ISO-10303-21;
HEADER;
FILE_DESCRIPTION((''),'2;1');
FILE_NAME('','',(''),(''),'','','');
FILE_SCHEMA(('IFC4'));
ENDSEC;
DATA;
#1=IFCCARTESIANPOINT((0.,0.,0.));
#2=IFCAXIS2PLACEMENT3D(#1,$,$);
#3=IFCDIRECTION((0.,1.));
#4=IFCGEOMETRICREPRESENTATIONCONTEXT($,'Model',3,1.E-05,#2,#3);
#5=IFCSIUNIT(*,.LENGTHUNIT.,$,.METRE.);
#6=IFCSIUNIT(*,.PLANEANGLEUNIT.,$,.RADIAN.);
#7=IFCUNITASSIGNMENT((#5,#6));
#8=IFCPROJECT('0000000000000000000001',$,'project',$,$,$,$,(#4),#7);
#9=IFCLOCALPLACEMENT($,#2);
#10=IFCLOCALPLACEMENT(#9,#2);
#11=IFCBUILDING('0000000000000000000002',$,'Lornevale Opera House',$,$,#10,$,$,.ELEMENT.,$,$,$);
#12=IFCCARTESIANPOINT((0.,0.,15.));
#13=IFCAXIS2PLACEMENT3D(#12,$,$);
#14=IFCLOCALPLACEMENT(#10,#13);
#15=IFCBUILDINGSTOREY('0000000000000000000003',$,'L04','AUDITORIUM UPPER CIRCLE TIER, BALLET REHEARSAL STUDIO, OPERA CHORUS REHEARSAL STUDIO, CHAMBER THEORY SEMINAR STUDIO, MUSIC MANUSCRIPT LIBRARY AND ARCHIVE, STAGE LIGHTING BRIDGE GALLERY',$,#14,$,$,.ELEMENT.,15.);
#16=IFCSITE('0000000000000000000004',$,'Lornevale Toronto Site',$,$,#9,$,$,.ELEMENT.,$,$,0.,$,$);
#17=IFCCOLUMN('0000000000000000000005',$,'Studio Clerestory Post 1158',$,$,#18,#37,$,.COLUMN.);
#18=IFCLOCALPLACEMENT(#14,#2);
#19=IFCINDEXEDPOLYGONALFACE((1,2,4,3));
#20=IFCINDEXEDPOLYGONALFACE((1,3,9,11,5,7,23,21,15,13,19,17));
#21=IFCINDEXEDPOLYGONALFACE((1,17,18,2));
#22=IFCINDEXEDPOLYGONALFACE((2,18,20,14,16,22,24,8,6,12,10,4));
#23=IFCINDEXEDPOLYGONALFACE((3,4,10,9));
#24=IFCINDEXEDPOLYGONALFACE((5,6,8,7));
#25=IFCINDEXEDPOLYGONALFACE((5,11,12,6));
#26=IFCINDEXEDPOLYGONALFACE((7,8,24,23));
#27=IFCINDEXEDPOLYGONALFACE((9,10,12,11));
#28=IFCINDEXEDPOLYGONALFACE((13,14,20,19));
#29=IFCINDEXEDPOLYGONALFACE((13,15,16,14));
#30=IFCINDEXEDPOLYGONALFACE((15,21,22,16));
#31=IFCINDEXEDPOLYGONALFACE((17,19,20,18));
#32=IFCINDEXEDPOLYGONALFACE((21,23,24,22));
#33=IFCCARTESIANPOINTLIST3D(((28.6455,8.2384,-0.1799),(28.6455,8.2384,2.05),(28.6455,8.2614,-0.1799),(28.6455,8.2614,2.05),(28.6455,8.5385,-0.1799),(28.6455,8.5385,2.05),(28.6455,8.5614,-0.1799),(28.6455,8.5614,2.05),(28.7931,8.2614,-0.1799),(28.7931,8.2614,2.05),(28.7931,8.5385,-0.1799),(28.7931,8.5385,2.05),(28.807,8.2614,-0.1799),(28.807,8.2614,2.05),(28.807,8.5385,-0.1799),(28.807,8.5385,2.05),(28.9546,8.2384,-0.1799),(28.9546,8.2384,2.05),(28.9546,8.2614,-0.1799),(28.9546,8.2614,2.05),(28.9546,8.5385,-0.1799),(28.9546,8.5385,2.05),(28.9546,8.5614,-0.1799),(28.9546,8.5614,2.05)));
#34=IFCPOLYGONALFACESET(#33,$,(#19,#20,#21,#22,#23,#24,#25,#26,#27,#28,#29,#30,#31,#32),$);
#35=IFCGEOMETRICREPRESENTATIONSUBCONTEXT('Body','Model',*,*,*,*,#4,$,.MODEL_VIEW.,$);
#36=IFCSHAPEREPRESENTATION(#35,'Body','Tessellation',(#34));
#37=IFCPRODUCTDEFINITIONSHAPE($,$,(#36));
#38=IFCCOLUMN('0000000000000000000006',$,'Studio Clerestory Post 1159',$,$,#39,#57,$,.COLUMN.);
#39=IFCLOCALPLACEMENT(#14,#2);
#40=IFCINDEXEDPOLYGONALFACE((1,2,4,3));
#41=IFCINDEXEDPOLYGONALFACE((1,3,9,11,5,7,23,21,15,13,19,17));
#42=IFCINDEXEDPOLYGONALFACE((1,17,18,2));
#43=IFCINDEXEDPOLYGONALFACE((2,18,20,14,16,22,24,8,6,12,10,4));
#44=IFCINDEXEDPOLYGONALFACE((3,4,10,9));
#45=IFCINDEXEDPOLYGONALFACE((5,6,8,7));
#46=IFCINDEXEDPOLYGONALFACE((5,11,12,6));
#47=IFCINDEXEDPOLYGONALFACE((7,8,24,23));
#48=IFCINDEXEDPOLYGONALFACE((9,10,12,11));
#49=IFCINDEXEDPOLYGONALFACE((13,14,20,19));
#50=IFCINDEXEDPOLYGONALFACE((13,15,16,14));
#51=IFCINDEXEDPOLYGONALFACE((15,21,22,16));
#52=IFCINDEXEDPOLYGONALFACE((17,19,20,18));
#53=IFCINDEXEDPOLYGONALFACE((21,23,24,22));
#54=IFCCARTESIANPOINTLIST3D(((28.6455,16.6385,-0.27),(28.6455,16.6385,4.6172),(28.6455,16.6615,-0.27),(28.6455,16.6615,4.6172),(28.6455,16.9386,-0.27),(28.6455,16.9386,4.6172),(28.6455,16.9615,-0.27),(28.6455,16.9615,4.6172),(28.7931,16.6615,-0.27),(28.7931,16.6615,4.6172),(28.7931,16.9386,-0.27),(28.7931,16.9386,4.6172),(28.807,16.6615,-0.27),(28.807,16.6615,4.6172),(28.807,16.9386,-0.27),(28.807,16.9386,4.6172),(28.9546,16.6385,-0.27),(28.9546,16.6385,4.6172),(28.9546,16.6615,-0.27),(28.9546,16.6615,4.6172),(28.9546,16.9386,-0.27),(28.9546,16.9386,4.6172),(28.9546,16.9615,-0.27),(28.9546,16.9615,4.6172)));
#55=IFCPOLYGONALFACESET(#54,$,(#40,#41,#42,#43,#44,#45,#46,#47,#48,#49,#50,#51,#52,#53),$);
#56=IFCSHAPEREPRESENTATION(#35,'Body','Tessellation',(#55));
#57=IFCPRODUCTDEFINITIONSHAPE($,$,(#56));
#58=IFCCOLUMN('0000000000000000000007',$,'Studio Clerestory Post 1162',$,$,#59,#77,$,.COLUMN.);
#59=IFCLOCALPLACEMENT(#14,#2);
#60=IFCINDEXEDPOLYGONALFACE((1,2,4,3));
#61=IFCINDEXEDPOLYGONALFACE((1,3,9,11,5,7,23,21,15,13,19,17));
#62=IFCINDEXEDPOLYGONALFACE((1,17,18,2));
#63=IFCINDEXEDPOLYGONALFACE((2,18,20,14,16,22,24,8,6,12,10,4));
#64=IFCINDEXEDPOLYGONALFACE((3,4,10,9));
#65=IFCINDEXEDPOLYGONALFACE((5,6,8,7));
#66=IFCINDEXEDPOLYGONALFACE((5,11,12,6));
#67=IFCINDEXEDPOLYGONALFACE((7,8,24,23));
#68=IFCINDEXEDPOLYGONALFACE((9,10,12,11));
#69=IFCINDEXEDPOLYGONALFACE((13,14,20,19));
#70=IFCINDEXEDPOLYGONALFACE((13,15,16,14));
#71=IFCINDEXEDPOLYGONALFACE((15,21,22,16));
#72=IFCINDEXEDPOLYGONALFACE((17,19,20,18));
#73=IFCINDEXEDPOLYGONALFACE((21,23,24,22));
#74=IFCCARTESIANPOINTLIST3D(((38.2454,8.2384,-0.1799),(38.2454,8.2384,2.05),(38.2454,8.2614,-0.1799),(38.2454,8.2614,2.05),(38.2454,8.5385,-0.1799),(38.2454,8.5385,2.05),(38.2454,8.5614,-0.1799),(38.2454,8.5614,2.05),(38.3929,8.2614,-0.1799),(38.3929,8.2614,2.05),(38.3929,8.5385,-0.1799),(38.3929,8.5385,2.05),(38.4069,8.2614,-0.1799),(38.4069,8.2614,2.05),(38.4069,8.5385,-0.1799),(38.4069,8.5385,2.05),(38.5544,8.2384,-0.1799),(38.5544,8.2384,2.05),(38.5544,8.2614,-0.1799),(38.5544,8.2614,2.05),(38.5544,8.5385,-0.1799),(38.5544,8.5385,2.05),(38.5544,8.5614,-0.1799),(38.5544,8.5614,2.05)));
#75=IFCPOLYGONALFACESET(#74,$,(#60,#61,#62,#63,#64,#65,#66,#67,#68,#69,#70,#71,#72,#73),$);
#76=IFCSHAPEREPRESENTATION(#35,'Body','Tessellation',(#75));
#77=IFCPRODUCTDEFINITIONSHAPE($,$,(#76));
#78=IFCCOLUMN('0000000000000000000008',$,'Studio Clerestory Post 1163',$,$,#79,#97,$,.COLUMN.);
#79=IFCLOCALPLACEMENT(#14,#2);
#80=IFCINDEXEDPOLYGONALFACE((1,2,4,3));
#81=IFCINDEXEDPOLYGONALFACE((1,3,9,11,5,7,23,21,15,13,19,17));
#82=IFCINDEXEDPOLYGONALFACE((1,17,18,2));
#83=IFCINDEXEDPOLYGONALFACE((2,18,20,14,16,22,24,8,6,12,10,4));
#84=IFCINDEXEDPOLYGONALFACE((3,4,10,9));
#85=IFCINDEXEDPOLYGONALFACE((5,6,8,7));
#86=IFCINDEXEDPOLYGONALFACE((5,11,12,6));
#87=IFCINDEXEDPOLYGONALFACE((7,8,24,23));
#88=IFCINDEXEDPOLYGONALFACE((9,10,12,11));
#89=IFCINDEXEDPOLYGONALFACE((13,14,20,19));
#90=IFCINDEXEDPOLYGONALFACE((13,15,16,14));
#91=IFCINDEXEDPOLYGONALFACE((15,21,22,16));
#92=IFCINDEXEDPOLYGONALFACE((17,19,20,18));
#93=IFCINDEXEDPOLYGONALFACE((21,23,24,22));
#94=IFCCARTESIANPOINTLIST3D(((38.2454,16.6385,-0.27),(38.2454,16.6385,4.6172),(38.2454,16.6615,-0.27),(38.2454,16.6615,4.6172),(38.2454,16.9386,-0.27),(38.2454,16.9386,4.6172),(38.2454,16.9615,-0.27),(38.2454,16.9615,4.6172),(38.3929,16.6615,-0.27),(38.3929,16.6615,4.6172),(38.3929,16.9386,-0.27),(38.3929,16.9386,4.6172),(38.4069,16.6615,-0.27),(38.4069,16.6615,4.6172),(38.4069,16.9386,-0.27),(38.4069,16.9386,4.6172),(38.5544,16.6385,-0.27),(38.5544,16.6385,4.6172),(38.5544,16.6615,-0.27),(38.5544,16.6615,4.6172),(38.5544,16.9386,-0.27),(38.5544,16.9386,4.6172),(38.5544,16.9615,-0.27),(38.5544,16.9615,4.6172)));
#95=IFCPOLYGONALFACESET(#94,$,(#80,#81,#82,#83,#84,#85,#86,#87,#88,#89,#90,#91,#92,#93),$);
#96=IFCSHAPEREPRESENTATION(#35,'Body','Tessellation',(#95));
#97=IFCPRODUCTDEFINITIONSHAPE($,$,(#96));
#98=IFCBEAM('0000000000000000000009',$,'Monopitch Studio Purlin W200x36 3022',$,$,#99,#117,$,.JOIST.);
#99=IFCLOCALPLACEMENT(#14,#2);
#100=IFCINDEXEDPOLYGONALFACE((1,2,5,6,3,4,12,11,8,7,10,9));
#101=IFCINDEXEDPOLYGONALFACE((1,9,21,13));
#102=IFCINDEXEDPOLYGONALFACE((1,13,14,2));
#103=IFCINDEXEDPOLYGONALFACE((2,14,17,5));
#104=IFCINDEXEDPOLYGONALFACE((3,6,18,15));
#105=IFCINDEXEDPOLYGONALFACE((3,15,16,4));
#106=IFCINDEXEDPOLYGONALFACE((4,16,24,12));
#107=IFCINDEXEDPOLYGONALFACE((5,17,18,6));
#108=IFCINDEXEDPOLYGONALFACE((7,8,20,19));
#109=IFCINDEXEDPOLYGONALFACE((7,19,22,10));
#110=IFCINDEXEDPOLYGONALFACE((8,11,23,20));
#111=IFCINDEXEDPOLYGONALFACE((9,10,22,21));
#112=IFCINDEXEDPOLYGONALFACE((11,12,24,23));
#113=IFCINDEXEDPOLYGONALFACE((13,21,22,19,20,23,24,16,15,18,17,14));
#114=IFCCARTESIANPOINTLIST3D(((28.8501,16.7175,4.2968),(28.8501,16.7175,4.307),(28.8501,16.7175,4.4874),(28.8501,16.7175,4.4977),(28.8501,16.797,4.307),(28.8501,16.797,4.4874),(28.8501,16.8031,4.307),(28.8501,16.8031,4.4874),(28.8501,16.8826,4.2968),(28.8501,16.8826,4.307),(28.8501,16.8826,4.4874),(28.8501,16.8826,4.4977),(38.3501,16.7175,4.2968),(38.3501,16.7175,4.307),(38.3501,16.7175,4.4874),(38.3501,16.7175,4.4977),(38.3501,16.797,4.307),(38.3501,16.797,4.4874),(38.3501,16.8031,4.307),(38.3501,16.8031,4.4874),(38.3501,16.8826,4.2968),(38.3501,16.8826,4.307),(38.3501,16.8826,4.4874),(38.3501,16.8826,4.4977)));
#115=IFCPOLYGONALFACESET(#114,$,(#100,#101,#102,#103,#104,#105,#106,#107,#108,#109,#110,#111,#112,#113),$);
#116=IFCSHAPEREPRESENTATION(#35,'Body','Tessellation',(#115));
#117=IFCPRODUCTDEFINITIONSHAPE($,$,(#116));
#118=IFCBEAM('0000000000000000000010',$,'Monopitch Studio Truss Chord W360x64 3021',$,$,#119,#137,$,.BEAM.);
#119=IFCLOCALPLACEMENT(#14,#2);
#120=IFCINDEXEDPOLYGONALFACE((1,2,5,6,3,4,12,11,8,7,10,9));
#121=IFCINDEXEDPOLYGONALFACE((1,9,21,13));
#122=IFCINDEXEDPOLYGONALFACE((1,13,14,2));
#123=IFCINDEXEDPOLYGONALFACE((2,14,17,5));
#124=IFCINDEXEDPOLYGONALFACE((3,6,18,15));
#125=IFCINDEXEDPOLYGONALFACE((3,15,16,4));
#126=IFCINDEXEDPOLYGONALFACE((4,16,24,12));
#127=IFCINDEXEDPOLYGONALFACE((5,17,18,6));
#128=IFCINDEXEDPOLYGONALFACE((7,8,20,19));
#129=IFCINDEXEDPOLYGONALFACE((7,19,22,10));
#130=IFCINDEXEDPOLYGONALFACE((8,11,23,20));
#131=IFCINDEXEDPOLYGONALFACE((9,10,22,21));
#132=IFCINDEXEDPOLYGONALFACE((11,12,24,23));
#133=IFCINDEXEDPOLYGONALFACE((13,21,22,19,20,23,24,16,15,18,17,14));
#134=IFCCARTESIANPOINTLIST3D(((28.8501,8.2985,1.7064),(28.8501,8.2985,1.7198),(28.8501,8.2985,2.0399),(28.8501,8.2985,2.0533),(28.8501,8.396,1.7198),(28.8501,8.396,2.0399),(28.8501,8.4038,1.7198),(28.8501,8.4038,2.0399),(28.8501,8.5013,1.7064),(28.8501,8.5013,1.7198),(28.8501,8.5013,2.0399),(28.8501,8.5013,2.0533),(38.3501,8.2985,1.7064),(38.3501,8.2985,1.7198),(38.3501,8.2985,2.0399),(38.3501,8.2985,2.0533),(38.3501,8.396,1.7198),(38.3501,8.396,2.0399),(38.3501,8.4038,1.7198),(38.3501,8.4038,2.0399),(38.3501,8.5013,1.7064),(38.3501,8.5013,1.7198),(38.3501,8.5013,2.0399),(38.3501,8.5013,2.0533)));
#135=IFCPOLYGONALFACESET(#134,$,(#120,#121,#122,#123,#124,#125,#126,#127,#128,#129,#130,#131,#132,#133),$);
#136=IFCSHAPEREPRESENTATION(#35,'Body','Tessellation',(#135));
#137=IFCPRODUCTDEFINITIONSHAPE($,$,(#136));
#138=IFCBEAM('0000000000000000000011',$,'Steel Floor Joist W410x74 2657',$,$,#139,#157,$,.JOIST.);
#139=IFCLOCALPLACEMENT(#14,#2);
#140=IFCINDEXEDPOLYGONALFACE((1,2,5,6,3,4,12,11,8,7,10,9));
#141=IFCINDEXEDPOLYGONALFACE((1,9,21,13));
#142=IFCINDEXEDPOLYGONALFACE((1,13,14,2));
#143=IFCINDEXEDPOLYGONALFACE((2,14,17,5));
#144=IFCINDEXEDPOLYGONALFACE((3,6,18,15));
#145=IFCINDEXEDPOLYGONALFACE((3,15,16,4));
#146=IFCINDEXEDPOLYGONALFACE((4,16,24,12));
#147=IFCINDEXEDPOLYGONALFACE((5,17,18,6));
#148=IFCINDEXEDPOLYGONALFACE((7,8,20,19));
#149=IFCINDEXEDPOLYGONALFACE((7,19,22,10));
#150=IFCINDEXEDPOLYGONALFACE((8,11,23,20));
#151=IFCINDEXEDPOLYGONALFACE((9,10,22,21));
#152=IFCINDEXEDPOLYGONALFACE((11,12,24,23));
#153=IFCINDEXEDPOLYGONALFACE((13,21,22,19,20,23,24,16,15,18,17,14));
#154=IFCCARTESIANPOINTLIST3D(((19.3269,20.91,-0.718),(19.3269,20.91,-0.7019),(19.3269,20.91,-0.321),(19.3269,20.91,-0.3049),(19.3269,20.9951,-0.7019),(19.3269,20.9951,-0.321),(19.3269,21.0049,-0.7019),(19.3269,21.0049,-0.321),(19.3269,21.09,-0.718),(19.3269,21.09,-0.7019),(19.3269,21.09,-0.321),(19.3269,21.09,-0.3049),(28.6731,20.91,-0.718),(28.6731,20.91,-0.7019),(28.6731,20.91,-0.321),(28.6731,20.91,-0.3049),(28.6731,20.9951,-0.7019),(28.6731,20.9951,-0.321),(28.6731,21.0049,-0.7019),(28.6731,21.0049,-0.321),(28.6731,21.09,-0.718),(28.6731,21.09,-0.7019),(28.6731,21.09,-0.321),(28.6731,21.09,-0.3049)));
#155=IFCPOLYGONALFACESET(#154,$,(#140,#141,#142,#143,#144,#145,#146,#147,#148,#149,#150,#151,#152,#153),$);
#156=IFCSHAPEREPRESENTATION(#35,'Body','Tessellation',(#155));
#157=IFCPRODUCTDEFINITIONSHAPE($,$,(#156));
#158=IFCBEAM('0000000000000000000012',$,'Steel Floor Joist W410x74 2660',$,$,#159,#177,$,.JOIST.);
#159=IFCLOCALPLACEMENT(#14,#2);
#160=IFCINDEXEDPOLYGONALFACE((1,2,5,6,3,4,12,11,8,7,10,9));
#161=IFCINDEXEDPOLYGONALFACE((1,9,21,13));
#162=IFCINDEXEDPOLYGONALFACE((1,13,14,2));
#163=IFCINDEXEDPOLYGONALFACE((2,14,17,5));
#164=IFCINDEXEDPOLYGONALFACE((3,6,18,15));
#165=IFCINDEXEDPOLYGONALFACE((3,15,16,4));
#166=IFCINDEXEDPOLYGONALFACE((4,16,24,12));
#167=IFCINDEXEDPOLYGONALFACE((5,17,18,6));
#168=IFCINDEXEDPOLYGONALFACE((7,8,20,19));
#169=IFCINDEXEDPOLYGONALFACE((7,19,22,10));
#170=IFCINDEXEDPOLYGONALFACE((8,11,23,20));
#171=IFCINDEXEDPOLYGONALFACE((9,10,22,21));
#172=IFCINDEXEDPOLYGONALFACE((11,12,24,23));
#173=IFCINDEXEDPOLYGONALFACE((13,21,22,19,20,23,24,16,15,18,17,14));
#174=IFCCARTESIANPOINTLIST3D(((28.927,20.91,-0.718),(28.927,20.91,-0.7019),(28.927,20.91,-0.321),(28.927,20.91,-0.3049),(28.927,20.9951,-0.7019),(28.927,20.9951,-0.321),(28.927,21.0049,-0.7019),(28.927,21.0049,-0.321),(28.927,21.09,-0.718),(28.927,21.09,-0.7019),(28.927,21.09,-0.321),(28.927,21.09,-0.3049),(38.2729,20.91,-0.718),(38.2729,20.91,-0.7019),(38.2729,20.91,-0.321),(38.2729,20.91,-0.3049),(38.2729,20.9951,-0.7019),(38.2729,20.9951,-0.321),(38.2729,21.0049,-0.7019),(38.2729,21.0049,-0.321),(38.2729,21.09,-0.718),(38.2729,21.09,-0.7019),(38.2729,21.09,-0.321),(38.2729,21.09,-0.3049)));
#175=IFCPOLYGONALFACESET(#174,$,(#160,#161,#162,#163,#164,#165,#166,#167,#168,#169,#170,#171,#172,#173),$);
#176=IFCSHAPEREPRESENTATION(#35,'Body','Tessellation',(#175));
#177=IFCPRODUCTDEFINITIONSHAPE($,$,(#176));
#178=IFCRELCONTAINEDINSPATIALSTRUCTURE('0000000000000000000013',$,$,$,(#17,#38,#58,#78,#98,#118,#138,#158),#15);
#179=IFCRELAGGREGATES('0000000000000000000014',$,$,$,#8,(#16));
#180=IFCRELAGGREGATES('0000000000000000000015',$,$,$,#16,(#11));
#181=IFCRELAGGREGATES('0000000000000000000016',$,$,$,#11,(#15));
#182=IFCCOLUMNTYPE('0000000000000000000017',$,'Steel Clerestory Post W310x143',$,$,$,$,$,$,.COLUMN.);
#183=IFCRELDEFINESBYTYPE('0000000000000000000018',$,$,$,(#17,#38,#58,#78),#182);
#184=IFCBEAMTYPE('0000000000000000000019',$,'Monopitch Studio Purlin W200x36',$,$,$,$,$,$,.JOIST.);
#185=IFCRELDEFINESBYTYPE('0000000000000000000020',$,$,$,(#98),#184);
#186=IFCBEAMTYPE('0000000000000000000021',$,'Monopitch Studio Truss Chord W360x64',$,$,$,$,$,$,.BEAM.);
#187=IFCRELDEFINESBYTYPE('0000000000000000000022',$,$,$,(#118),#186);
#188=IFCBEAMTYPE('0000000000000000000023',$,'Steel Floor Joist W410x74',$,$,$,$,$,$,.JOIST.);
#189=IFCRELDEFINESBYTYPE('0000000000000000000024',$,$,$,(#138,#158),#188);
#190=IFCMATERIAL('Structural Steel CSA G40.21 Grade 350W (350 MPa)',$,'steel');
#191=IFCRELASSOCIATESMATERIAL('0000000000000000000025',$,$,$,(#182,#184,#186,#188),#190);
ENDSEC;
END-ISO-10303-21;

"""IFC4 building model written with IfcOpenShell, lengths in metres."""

from ifc_helpers import new_model, si_unit, direction, frame, origin, origin_2d, place, context, subcontext, project, spatial, i_section, extrude, material, material_profile, profile_set, type_object, element, save


model = new_model("IFC4")

# Units and contexts
model_context = context("Model", 3, precision=1e-05, world=origin(), true_north=direction((0.0, 1.0)))
body_context = subcontext(model_context, "Body", "Model", "MODEL_VIEW")
ifc_project = project(units=[si_unit("LENGTHUNIT", "METRE"), si_unit("PLANEANGLEUNIT", "RADIAN")], contexts=[model_context])

# Site, building, storey
site_placement = place(None, origin())
site = spatial("IfcSite", under=ifc_project, at=site_placement, Name="Lornevale Toronto Site", CompositionType="ELEMENT", RefElevation=0.0)
building_placement = place(site_placement, origin())
building = spatial("IfcBuilding", under=site, at=building_placement, Name="Lornevale Opera House", CompositionType="ELEMENT")
storey_placement = place(building_placement, frame((0.0, 0.0, 15.0)))
storey = spatial("IfcBuildingStorey", under=building, at=storey_placement, Name="L04", Description="AUDITORIUM UPPER CIRCLE TIER, BALLET REHEARSAL STUDIO, OPERA CHORUS REHEARSAL STUDIO, CHAMBER THEORY SEMINAR STUDIO, MUSIC MANUSCRIPT LIBRARY AND ARCHIVE, STAGE LIGHTING BRIDGE GALLERY", CompositionType="ELEMENT", Elevation=15.0)

# Columns
ifc_material_1 = material(Name="Structural Steel CSA G40.21 Grade 350W (350 MPa)", Category="steel")
ifc_material_profile_1 = material_profile(ifc_material_1, i_section(OverallWidth=0.3091, OverallDepth=0.323, WebThickness=0.0139, FlangeThickness=0.0229, at=origin_2d()), Name="W310x143")
ifc_profile_set_1 = profile_set([ifc_material_profile_1], Name="Structural Steel CSA G40.21 Grade 350W (350 MPa)")
column_type = type_object("IfcColumnType", Name="Steel Clerestory Post W310x143", PredefinedType="COLUMN", material=ifc_profile_set_1)
column_1_placement = place(storey_placement, frame((28.8, 8.3999, -0.1799), z_axis=(0.0, 0.0, 1.0), x_axis=(1.0, 0.0, 0.0)))
element("IfcColumn", 1, at=column_1_placement, inside=storey, type_object=column_type, Name="Studio Clerestory Post 1158", PredefinedType="COLUMN", context=body_context, shape_type="SweptSolid", body=[
    extrude(i_section(OverallWidth=0.3091, OverallDepth=0.323, WebThickness=0.0139, FlangeThickness=0.0229, at=origin_2d()), origin(), (0.0, 0.0, 1.0), 2.23),
])
column_2_placement = place(storey_placement, frame((28.8, 16.8, -0.27), z_axis=(0.0, 0.0, 1.0), x_axis=(1.0, 0.0, 0.0)))
element("IfcColumn", 2, at=column_2_placement, inside=storey, type_object=column_type, Name="Studio Clerestory Post 1159", PredefinedType="COLUMN", context=body_context, shape_type="SweptSolid", body=[
    extrude(i_section(OverallWidth=0.3091, OverallDepth=0.323, WebThickness=0.0139, FlangeThickness=0.0229, at=origin_2d()), origin(), (0.0, 0.0, 1.0), 4.8872),
])
column_3_placement = place(storey_placement, frame((38.3999, 8.3999, -0.1799), z_axis=(0.0, 0.0, 1.0), x_axis=(1.0, 0.0, 0.0)))
element("IfcColumn", 3, at=column_3_placement, inside=storey, type_object=column_type, Name="Studio Clerestory Post 1162", PredefinedType="COLUMN", context=body_context, shape_type="SweptSolid", body=[
    extrude(i_section(OverallWidth=0.3091, OverallDepth=0.323, WebThickness=0.0139, FlangeThickness=0.0229, at=origin_2d()), origin(), (0.0, 0.0, 1.0), 2.23),
])
column_4_placement = place(storey_placement, frame((38.3999, 16.8, -0.27), z_axis=(0.0, 0.0, 1.0), x_axis=(1.0, 0.0, 0.0)))
element("IfcColumn", 4, at=column_4_placement, inside=storey, type_object=column_type, Name="Studio Clerestory Post 1163", PredefinedType="COLUMN", context=body_context, shape_type="SweptSolid", body=[
    extrude(i_section(OverallWidth=0.3091, OverallDepth=0.323, WebThickness=0.0139, FlangeThickness=0.0229, at=origin_2d()), origin(), (0.0, 0.0, 1.0), 4.8872),
])

# Beams
ifc_material_profile_2 = material_profile(ifc_material_1, i_section(OverallWidth=0.165, OverallDepth=0.2009, WebThickness=0.0061, FlangeThickness=0.0103, at=origin_2d()), Name="W200x36")
ifc_profile_set_2 = profile_set([ifc_material_profile_2], Name="Structural Steel CSA G40.21 Grade 350W (350 MPa)")
beam_type_1 = type_object("IfcBeamType", Name="Monopitch Studio Purlin W200x36", PredefinedType="JOIST", material=ifc_profile_set_2)
beam_1_placement = place(storey_placement, frame((28.8501, 16.8, 4.3972), z_axis=(1.0, 0.0, 0.0), x_axis=(0.0, 1.0, 0.0)))
element("IfcBeam", 5, at=beam_1_placement, inside=storey, type_object=beam_type_1, Name="Monopitch Studio Purlin W200x36 3022", PredefinedType="JOIST", context=body_context, shape_type="SweptSolid", body=[
    extrude(i_section(OverallWidth=0.165, OverallDepth=0.2009, WebThickness=0.0061, FlangeThickness=0.0103, at=origin_2d()), origin(), (0.0, 0.0, 1.0), 9.5),
])
ifc_material_profile_3 = material_profile(ifc_material_1, i_section(OverallWidth=0.2029, OverallDepth=0.3469, WebThickness=0.0078, FlangeThickness=0.0134, at=origin_2d()), Name="W360x64")
ifc_profile_set_3 = profile_set([ifc_material_profile_3], Name="Structural Steel CSA G40.21 Grade 350W (350 MPa)")
beam_type_2 = type_object("IfcBeamType", Name="Monopitch Studio Truss Chord W360x64", PredefinedType="BEAM", material=ifc_profile_set_3)
beam_2_placement = place(storey_placement, frame((28.8501, 8.3999, 1.8799), z_axis=(1.0, 0.0, 0.0), x_axis=(0.0, 1.0, 0.0)))
element("IfcBeam", 6, at=beam_2_placement, inside=storey, type_object=beam_type_2, Name="Monopitch Studio Truss Chord W360x64 3021", PredefinedType="BEAM", context=body_context, shape_type="SweptSolid", body=[
    extrude(i_section(OverallWidth=0.2029, OverallDepth=0.3469, WebThickness=0.0078, FlangeThickness=0.0134, at=origin_2d()), origin(), (0.0, 0.0, 1.0), 9.5),
])
ifc_material_profile_4 = material_profile(ifc_material_1, i_section(OverallWidth=0.1799, OverallDepth=0.4131, WebThickness=0.0098, FlangeThickness=0.0161, at=origin_2d()), Name="W410x74")
ifc_profile_set_4 = profile_set([ifc_material_profile_4], Name="Structural Steel CSA G40.21 Grade 350W (350 MPa)")
beam_type_3 = type_object("IfcBeamType", Name="Steel Floor Joist W410x74", PredefinedType="JOIST", material=ifc_profile_set_4)
beam_3_placement = place(storey_placement, frame((19.3269, 21.0, -0.5115), z_axis=(1.0, 0.0, 0.0), x_axis=(0.0, 1.0, 0.0)))
element("IfcBeam", 7, at=beam_3_placement, inside=storey, type_object=beam_type_3, Name="Steel Floor Joist W410x74 2657", PredefinedType="JOIST", context=body_context, shape_type="SweptSolid", body=[
    extrude(i_section(OverallWidth=0.1799, OverallDepth=0.4131, WebThickness=0.0098, FlangeThickness=0.0161, at=origin_2d()), origin(), (0.0, 0.0, 1.0), 9.3462),
])
for number, where, z_axis, x_axis, name in (
    (8, (28.927, 21.0, -0.5115), (1.0, 0.0, 0.0), (0.0, 1.0, 0.0), "Steel Floor Joist W410x74 2660"),
):
    element("IfcBeam", number, at=place(storey_placement, frame(where, z_axis=z_axis, x_axis=x_axis)), inside=storey, type_object=beam_type_3, Name=name, PredefinedType="JOIST", context=body_context, shape_type="SweptSolid", body=[
        extrude(i_section(OverallWidth=0.1799, OverallDepth=0.4131, WebThickness=0.0098, FlangeThickness=0.0161, at=origin_2d()), origin(), (0.0, 0.0, 1.0), 9.3459),
    ])

save(model, "model.ifc")
